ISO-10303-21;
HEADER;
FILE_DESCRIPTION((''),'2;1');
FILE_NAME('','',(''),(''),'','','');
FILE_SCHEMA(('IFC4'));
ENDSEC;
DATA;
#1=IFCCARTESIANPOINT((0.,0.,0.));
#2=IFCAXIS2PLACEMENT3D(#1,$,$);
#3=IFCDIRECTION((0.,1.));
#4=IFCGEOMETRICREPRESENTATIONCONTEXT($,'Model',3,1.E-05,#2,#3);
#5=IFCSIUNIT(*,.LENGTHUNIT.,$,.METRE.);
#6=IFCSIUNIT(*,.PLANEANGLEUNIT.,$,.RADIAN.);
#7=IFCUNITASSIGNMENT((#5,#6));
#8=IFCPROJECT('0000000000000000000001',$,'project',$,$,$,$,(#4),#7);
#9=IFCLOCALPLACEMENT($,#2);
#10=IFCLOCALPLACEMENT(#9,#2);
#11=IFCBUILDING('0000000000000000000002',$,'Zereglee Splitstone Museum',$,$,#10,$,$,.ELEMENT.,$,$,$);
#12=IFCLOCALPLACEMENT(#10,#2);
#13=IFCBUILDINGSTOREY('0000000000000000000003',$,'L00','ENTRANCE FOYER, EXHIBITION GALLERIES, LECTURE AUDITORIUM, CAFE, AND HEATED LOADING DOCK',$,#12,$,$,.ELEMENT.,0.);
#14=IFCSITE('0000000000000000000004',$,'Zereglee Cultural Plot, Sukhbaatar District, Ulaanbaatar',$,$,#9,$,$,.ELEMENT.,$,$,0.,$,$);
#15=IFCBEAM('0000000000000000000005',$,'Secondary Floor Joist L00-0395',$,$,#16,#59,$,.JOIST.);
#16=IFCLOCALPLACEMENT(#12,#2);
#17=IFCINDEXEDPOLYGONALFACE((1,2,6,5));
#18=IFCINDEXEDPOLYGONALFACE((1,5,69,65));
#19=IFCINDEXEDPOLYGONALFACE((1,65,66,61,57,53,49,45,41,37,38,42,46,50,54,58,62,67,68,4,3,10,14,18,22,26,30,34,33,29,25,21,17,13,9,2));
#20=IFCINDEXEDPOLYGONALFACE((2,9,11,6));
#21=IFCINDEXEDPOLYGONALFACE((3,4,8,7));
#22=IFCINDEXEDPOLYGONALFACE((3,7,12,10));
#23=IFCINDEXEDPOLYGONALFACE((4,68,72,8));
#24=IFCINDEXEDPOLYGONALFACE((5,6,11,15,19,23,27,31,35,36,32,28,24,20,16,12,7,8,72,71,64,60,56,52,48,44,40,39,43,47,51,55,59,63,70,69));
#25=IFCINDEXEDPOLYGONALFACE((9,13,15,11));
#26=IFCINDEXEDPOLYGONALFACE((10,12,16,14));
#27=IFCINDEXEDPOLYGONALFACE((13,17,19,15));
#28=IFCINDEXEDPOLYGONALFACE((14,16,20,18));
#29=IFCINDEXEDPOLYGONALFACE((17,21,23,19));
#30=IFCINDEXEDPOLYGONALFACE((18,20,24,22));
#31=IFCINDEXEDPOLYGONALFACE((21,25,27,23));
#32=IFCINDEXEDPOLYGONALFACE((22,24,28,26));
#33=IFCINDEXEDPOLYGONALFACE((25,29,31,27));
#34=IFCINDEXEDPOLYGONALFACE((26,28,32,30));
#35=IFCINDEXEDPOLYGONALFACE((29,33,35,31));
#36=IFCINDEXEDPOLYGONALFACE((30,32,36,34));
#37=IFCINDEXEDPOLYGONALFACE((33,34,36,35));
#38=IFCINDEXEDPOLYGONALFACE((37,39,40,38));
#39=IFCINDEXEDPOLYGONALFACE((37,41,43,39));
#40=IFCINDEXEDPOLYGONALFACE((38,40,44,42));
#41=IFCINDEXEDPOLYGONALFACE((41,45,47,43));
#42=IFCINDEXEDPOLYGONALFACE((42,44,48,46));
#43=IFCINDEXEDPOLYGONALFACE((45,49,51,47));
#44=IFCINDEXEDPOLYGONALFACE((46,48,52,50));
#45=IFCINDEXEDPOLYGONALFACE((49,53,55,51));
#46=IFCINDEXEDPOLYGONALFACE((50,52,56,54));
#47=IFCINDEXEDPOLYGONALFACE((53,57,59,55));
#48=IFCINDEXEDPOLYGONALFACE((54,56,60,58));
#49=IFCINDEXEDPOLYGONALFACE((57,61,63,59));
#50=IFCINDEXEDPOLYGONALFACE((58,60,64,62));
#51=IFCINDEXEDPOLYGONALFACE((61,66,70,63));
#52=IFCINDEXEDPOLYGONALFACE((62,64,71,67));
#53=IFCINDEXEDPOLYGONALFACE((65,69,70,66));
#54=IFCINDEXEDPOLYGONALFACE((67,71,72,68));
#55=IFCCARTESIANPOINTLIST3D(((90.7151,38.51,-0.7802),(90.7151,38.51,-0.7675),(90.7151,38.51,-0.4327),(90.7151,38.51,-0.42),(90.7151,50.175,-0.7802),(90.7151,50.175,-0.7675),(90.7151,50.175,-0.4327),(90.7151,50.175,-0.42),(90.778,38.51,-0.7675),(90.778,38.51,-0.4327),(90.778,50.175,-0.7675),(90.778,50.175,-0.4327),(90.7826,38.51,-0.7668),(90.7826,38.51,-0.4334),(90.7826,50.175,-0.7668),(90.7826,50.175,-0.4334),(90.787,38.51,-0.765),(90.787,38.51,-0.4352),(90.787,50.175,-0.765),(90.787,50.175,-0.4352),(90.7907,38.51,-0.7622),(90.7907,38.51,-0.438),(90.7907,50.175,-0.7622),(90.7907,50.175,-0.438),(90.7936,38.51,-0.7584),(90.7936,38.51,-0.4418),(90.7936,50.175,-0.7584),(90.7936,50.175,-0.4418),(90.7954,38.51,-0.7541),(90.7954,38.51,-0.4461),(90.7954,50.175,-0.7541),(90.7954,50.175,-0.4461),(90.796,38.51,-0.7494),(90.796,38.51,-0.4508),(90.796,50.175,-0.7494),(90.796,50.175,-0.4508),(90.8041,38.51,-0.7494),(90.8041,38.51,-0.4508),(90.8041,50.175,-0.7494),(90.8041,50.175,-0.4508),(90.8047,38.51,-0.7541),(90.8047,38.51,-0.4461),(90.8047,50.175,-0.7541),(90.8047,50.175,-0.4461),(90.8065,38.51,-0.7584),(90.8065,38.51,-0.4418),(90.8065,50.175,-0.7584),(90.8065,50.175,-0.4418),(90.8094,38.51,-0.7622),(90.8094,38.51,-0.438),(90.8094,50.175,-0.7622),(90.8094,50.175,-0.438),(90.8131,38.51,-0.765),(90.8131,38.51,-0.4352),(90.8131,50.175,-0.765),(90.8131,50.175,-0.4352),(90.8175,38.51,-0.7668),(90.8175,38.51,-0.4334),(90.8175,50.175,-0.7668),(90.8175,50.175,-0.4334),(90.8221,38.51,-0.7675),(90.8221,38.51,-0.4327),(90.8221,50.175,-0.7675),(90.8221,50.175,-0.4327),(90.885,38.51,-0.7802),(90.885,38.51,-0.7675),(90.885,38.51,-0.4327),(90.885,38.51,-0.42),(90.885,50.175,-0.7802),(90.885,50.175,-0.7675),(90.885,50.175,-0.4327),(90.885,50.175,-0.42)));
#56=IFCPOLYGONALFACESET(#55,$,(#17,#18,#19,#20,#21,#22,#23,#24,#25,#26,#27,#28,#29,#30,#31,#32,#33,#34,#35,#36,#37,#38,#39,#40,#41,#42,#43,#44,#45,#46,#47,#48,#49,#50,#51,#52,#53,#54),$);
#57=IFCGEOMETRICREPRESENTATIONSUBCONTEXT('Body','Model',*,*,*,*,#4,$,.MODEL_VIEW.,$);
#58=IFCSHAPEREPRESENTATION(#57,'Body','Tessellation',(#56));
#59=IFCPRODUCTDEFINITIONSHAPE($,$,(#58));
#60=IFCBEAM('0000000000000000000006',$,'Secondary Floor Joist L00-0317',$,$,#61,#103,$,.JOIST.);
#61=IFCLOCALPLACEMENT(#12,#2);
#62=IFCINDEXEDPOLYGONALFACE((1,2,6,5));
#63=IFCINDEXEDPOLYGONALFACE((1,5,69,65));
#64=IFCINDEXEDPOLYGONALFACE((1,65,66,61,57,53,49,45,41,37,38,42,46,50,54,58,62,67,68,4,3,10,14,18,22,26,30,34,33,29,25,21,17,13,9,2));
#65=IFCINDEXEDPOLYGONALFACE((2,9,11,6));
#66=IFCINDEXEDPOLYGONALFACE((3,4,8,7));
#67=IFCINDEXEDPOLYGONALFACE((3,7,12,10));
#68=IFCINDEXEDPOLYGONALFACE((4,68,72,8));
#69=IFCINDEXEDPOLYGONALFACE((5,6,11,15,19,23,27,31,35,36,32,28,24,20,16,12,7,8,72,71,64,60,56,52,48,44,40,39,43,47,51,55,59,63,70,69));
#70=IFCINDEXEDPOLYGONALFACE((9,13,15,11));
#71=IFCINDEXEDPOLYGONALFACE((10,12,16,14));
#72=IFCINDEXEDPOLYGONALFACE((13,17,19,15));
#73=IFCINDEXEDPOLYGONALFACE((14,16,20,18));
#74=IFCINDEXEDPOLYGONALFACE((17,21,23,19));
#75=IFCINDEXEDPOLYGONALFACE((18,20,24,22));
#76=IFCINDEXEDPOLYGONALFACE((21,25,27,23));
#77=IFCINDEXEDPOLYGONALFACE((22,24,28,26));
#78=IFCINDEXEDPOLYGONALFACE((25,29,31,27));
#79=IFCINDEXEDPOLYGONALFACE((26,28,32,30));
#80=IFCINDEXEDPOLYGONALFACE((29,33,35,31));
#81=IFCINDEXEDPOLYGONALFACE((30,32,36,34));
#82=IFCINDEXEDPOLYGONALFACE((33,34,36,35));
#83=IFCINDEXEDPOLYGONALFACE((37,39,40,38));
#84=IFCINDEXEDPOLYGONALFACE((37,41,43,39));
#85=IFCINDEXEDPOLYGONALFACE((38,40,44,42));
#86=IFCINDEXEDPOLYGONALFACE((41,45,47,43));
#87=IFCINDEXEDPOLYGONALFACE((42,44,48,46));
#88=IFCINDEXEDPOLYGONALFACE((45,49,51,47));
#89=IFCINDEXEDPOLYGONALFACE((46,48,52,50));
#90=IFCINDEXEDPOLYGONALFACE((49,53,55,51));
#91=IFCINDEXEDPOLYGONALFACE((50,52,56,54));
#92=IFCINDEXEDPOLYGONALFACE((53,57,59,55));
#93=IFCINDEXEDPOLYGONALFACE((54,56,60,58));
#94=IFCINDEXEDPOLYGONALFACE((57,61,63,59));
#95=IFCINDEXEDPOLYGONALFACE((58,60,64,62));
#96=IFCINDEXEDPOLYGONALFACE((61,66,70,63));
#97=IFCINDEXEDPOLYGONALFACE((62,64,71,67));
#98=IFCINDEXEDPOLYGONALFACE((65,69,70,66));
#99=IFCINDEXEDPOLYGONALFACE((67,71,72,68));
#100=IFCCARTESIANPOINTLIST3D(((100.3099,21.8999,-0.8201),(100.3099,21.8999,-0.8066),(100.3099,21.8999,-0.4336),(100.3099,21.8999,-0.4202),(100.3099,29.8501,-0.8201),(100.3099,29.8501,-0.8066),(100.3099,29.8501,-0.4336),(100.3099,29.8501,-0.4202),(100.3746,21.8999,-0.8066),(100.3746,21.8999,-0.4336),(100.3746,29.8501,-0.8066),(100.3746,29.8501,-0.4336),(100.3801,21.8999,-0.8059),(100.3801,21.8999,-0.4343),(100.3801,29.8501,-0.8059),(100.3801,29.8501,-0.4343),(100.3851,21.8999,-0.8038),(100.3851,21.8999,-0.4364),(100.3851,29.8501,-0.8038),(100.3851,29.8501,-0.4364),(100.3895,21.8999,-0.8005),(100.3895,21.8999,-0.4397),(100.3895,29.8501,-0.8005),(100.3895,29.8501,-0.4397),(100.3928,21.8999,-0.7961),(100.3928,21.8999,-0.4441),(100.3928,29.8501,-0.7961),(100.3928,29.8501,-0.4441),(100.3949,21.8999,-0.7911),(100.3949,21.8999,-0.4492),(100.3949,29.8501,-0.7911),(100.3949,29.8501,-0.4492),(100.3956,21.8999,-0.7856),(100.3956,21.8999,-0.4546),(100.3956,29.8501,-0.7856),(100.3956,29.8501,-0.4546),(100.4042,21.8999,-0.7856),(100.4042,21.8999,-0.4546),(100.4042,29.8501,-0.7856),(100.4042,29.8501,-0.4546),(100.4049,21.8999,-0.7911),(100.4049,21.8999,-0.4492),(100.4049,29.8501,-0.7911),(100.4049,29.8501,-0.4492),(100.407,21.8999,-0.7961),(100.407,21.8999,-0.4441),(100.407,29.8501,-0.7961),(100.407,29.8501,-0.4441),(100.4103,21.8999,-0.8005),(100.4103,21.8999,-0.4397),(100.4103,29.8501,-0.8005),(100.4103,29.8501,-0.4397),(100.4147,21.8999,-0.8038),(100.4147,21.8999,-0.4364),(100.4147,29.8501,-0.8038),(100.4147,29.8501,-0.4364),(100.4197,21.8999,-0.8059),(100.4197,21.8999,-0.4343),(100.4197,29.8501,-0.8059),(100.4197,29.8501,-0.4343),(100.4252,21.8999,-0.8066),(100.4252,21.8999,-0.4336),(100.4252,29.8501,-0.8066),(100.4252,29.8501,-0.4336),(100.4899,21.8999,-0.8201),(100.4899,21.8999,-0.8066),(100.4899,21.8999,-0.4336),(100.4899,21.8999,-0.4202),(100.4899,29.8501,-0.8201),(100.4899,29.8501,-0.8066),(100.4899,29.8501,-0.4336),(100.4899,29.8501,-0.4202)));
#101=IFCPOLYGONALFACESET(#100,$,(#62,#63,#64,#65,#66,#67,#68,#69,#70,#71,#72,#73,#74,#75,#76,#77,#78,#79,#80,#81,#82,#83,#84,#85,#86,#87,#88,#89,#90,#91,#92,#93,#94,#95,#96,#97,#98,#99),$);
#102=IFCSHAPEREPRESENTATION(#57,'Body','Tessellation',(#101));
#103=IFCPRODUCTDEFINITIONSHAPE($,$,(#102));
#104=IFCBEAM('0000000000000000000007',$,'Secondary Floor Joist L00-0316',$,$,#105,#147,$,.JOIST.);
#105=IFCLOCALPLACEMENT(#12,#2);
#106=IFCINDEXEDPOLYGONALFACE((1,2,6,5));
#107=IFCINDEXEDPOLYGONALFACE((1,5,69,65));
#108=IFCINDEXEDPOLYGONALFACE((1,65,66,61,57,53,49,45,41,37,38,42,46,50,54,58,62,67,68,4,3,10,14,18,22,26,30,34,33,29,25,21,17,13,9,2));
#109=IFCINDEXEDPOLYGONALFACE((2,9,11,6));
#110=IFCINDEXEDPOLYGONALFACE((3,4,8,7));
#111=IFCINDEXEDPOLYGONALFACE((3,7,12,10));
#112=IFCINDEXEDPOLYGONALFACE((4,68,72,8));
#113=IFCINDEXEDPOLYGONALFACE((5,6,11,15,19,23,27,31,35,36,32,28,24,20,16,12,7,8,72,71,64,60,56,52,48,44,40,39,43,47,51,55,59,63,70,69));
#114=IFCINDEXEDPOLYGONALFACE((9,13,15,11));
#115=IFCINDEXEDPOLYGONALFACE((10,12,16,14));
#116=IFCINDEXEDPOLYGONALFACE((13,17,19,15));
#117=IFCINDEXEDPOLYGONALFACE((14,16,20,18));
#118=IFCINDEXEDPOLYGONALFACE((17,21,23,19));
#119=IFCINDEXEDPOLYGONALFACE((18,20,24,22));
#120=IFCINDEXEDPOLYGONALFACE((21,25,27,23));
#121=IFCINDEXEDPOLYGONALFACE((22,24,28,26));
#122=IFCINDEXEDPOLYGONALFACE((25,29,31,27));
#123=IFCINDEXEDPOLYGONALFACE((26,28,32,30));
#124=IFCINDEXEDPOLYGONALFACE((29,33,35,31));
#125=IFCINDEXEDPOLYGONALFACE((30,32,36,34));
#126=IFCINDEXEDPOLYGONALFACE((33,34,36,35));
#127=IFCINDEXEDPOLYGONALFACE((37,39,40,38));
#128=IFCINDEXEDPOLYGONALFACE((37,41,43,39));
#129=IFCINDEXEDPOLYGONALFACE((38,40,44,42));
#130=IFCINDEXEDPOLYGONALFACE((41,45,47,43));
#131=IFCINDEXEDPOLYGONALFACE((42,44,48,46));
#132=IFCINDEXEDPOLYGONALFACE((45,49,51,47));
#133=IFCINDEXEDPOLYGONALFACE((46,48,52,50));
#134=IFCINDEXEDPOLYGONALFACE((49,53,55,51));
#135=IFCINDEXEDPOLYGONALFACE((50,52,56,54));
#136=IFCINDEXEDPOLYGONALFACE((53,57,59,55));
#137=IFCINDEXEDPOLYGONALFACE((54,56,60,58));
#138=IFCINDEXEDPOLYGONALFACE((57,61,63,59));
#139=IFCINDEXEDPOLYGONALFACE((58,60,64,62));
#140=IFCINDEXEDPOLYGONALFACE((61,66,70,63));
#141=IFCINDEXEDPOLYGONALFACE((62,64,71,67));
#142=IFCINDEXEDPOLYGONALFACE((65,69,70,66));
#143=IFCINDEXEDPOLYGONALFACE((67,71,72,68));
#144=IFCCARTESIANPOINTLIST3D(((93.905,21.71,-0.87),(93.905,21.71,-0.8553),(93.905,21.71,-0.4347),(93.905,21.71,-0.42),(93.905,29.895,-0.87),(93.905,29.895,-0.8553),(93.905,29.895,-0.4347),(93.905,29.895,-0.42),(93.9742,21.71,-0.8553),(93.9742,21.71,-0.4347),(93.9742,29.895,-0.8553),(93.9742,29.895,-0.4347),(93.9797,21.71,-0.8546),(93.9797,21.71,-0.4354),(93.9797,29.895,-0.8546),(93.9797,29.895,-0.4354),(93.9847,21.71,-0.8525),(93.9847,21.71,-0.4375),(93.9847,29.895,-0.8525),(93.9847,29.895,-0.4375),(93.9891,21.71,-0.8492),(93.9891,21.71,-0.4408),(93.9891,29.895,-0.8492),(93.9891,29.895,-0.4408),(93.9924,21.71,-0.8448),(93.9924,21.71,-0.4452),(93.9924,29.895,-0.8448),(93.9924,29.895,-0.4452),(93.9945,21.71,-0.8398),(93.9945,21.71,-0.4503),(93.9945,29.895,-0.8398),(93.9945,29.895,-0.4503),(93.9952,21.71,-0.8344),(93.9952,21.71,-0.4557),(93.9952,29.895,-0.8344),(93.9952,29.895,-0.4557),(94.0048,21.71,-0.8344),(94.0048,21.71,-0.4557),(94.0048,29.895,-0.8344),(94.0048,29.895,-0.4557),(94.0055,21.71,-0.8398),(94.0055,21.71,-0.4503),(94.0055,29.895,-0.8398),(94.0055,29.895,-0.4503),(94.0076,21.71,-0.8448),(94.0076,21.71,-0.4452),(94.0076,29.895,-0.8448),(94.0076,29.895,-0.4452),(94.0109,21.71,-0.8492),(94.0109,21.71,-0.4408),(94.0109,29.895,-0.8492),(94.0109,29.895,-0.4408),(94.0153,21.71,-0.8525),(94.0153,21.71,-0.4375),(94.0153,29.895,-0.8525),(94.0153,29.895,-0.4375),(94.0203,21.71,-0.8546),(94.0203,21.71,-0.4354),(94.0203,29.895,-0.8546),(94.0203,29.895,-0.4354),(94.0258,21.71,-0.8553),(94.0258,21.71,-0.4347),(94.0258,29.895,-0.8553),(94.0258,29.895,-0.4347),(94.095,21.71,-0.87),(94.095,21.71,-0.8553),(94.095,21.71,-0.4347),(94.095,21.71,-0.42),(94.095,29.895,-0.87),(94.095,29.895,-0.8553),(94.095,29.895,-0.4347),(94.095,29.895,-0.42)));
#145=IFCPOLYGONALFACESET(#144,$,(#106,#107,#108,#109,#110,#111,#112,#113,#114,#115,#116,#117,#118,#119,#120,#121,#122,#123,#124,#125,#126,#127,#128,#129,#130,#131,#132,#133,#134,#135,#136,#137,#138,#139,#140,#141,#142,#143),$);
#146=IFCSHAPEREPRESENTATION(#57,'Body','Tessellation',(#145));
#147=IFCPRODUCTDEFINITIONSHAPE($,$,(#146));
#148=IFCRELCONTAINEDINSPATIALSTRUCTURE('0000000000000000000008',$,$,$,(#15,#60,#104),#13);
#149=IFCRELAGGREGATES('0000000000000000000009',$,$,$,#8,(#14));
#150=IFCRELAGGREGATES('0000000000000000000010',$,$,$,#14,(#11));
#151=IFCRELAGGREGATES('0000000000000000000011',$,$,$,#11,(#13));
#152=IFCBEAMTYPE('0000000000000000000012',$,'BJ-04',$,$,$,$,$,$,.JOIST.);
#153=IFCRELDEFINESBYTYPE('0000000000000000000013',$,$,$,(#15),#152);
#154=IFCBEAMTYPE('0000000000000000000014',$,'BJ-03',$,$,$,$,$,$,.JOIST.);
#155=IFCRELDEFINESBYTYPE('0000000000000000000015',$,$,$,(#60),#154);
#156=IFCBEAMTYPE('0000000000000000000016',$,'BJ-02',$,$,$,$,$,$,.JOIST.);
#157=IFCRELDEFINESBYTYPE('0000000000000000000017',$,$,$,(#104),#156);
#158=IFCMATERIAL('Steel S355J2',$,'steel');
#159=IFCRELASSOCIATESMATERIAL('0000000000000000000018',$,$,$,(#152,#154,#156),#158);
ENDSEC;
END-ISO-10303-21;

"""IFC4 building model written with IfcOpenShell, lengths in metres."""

from ifc_helpers import new_model, si_unit, direction, frame, origin, origin_2d, place, context, subcontext, project, spatial, i_section, extrude, material, material_profile, profile_set, type_object, element, save


model = new_model("IFC4")

# Units and contexts
model_context = context("Model", 3, precision=1e-05, world=origin(), true_north=direction((0.0, 1.0)))
body_context = subcontext(model_context, "Body", "Model", "MODEL_VIEW")
ifc_project = project(units=[si_unit("LENGTHUNIT", "METRE"), si_unit("PLANEANGLEUNIT", "RADIAN")], contexts=[model_context])

# Site, building, storey
site_placement = place(None, origin())
site = spatial("IfcSite", under=ifc_project, at=site_placement, Name="Zereglee Cultural Plot, Sukhbaatar District, Ulaanbaatar", CompositionType="ELEMENT", RefElevation=0.0)
building_placement = place(site_placement, origin())
building = spatial("IfcBuilding", under=site, at=building_placement, Name="Zereglee Splitstone Museum", CompositionType="ELEMENT")
storey_placement = place(building_placement, origin())
storey = spatial("IfcBuildingStorey", under=building, at=storey_placement, Name="L00", Description="ENTRANCE FOYER, EXHIBITION GALLERIES, LECTURE AUDITORIUM, CAFE, AND HEATED LOADING DOCK", CompositionType="ELEMENT", Elevation=0.0)

# Beams
ifc_material_1 = material(Name="Steel S355J2", Category="steel")
ifc_material_profile_1 = material_profile(ifc_material_1, i_section(OverallWidth=0.1699, OverallDepth=0.3601, WebThickness=0.0081, FlangeThickness=0.0127, FilletRadius=0.0181, at=origin_2d()), Name="IPE 360")
ifc_profile_set_1 = profile_set([ifc_material_profile_1], Name="Steel S355J2")
beam_type_1 = type_object("IfcBeamType", Name="BJ-04", PredefinedType="JOIST", material=ifc_profile_set_1)
beam_1_placement = place(storey_placement, frame((90.8, 38.51, -0.6001), z_axis=(0.0, 1.0, 0.0), x_axis=(-1.0, 0.0, 0.0)))
element("IfcBeam", 1, at=beam_1_placement, inside=storey, type_object=beam_type_1, Name="Secondary Floor Joist L00-0395", PredefinedType="JOIST", context=body_context, shape_type="SweptSolid", body=[
    extrude(i_section(OverallWidth=0.1699, OverallDepth=0.3601, WebThickness=0.0081, FlangeThickness=0.0127, FilletRadius=0.0181, at=origin_2d()), origin(), (0.0, 0.0, 1.0), 11.665),
])
ifc_material_profile_2 = material_profile(ifc_material_1, i_section(OverallWidth=0.1799, OverallDepth=0.3999, WebThickness=0.0085, FlangeThickness=0.0134, FilletRadius=0.021, at=origin_2d()), Name="IPE 400")
ifc_profile_set_2 = profile_set([ifc_material_profile_2], Name="Steel S355J2")
beam_type_2 = type_object("IfcBeamType", Name="BJ-03", PredefinedType="JOIST", material=ifc_profile_set_2)
beam_2_placement = place(storey_placement, frame((100.3999, 21.8999, -0.6201), z_axis=(0.0, 1.0, 0.0), x_axis=(-1.0, 0.0, 0.0)))
element("IfcBeam", 2, at=beam_2_placement, inside=storey, type_object=beam_type_2, Name="Secondary Floor Joist L00-0317", PredefinedType="JOIST", context=body_context, shape_type="SweptSolid", body=[
    extrude(i_section(OverallWidth=0.1799, OverallDepth=0.3999, WebThickness=0.0085, FlangeThickness=0.0134, FilletRadius=0.021, at=origin_2d()), origin(), (0.0, 0.0, 1.0), 7.9502),
])
ifc_material_profile_3 = material_profile(ifc_material_1, i_section(OverallWidth=0.1899, OverallDepth=0.45, WebThickness=0.0095, FlangeThickness=0.0146, FilletRadius=0.021, at=origin_2d()), Name="IPE 450")
ifc_profile_set_3 = profile_set([ifc_material_profile_3], Name="Steel S355J2")
beam_type_3 = type_object("IfcBeamType", Name="BJ-02", PredefinedType="JOIST", material=ifc_profile_set_3)
beam_3_placement = place(storey_placement, frame((94.0, 21.71, -0.645), z_axis=(0.0, 1.0, 0.0), x_axis=(-1.0, 0.0, 0.0)))
element("IfcBeam", 3, at=beam_3_placement, inside=storey, type_object=beam_type_3, Name="Secondary Floor Joist L00-0316", PredefinedType="JOIST", context=body_context, shape_type="SweptSolid", body=[
    extrude(i_section(OverallWidth=0.1899, OverallDepth=0.45, WebThickness=0.0095, FlangeThickness=0.0146, FilletRadius=0.021, at=origin_2d()), origin(), (0.0, 0.0, 1.0), 8.1851),
])

save(model, "model.ifc")
